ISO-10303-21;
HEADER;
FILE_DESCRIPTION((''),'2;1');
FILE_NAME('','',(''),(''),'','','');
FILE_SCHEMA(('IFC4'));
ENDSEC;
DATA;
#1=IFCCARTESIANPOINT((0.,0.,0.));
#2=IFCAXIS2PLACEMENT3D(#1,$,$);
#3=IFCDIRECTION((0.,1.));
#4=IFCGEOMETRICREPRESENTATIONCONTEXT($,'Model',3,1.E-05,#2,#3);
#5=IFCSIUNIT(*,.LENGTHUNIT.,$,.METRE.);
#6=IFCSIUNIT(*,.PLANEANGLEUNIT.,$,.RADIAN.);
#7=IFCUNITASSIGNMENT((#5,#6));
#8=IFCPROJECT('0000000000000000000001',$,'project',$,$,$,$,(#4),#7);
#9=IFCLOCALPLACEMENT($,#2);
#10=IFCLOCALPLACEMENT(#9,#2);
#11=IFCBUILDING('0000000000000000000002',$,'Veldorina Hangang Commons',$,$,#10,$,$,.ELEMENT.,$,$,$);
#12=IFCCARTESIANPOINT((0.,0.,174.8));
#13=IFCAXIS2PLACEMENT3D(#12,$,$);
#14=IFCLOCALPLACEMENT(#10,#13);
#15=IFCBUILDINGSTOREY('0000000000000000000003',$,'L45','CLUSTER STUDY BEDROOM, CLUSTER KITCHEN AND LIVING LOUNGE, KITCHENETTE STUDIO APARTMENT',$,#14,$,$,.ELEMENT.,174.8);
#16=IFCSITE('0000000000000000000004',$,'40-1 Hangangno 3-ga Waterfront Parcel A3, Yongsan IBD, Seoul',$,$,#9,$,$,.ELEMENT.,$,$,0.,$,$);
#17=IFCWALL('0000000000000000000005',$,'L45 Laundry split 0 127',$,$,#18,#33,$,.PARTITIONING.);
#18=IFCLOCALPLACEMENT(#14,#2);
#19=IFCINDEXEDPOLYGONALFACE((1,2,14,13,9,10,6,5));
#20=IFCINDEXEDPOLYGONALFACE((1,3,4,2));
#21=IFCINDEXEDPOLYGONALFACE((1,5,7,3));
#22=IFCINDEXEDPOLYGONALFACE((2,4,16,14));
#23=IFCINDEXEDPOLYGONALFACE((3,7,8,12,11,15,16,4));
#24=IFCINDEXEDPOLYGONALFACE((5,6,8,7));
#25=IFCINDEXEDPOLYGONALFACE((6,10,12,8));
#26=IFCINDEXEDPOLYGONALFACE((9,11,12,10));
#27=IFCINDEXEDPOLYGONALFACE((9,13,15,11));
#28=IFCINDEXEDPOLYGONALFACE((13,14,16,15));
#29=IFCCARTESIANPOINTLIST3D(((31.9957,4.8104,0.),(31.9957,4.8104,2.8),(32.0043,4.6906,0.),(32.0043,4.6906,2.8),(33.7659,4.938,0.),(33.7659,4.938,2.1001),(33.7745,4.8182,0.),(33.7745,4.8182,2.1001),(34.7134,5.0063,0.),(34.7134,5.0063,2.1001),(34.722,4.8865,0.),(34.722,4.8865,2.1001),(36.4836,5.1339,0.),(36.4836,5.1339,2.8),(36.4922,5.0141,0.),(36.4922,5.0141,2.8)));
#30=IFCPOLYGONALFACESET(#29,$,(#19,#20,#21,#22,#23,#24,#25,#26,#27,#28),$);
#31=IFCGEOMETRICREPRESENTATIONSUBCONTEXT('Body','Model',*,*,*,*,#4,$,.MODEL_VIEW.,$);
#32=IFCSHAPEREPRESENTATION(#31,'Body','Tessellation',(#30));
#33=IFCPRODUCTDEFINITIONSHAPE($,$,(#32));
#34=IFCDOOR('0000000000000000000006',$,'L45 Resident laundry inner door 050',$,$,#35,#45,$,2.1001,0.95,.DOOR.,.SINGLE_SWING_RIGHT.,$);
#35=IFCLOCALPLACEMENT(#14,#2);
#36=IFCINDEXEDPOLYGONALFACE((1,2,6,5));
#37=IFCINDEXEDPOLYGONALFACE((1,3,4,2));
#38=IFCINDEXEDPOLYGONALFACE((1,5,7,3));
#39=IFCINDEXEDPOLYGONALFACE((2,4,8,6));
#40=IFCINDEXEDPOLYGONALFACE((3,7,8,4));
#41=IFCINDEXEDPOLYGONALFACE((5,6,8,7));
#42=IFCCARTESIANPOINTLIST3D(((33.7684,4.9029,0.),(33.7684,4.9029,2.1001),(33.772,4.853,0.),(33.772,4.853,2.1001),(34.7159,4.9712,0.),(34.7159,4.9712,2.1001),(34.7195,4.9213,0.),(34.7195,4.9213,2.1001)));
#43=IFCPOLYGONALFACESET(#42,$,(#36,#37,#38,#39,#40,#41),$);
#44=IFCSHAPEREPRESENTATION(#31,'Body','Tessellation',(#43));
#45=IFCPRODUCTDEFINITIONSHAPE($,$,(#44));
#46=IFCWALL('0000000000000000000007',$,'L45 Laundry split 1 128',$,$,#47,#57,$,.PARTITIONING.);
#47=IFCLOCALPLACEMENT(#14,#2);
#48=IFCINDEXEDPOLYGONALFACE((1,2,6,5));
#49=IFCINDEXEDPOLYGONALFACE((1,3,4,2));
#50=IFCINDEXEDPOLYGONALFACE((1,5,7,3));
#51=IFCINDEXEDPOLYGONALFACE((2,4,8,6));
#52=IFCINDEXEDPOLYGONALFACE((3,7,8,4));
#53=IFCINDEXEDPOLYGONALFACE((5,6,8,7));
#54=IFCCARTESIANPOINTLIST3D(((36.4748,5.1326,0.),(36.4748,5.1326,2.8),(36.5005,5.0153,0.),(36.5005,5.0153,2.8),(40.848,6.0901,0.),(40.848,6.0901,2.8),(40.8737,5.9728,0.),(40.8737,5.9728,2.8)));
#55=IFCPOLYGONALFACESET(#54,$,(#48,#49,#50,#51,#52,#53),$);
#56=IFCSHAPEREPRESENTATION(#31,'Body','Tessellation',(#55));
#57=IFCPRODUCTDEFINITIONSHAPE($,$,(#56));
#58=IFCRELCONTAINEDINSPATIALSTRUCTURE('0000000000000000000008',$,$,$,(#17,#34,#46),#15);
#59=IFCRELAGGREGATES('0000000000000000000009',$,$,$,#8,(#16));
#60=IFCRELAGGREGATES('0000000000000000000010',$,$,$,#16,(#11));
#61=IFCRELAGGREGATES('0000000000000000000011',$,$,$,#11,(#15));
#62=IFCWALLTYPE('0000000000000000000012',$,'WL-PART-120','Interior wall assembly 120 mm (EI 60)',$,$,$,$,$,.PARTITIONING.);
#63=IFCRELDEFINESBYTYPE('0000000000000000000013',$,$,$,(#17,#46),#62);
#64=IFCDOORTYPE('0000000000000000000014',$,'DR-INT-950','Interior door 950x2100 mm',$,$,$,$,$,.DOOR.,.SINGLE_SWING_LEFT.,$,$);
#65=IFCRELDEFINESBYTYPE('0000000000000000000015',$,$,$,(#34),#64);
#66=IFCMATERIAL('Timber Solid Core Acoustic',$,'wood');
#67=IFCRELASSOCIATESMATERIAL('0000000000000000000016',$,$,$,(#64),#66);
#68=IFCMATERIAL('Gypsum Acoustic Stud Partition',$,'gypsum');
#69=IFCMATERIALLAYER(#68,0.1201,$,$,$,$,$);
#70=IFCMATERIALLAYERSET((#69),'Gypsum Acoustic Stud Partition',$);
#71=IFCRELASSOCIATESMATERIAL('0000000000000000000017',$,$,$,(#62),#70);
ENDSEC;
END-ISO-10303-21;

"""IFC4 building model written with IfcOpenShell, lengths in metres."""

from ifc_helpers import new_model, si_unit, direction, frame, frame_2d, origin, place, context, subcontext, project, spatial, rectangle, extrude, material, layer, layer_set, type_object, element, fill, save


model = new_model("IFC4")

# Units and contexts
model_context = context("Model", 3, precision=1e-05, world=origin(), true_north=direction((0.0, 1.0)))
body_context = subcontext(model_context, "Body", "Model", "MODEL_VIEW")
ifc_project = project(units=[si_unit("LENGTHUNIT", "METRE"), si_unit("PLANEANGLEUNIT", "RADIAN")], contexts=[model_context])

# Site, building, storey
site_placement = place(None, origin())
site = spatial("IfcSite", under=ifc_project, at=site_placement, Name="40-1 Hangangno 3-ga Waterfront Parcel A3, Yongsan IBD, Seoul", CompositionType="ELEMENT", RefElevation=0.0)
building_placement = place(site_placement, origin())
building = spatial("IfcBuilding", under=site, at=building_placement, Name="Veldorina Hangang Commons", CompositionType="ELEMENT")
storey_placement = place(building_placement, frame((0.0, 0.0, 174.8)))
storey = spatial("IfcBuildingStorey", under=building, at=storey_placement, Name="L45", Description="CLUSTER STUDY BEDROOM, CLUSTER KITCHEN AND LIVING LOUNGE, KITCHENETTE STUDIO APARTMENT", CompositionType="ELEMENT", Elevation=174.8)

# Shared definitions
ifc_material_1 = material(Name="Timber Solid Core Acoustic", Category="wood")
door_type_1 = type_object("IfcDoorType", Name="DR-INT-950", Description="Interior door 950x2100 mm", OperationType="SINGLE_SWING_LEFT", PredefinedType="DOOR", material=ifc_material_1)

# Shared definitions
ifc_material_2 = material(Name="Gypsum Acoustic Stud Partition", Category="gypsum")
ifc_layer_1 = layer(ifc_material_2, 0.1201)
ifc_layer_set_1 = layer_set([ifc_layer_1], Name="Gypsum Acoustic Stud Partition")
wall_type_1 = type_object("IfcWallType", Name="WL-PART-120", Description="Interior wall assembly 120 mm (EI 60)", PredefinedType="PARTITIONING", material=ifc_layer_set_1)

# Wall, opening, door
wall_1_placement = place(storey_placement, frame((32.0, 4.7505, 0.0), z_axis=(0.0, 0.0, 1.0), x_axis=(0.997412, 0.071895, 0.0)))
wall_1 = element("IfcWall", 1, at=wall_1_placement, inside=storey, type_object=wall_type_1, Name="L45 Laundry split 0 127", PredefinedType="PARTITIONING", context=body_context, shape_type="SweptSolid", body=[
    extrude(rectangle(XDim=4.4995, YDim=0.1201, at=frame_2d((2.2498, 0.0))), origin(), (0.0, 0.0, 1.0), 2.8),
])
opening_1_placement = place(wall_1_placement, frame((1.7747, 0.0, 0.0)))
opening_1 = element("IfcOpeningElement", 2, at=opening_1_placement, cuts=wall_1, PredefinedType="OPENING", context=body_context, shape_type="SweptSolid", body=[
    extrude(rectangle(XDim=0.95, YDim=2.1001, at=frame_2d((0.4751, 1.05))), frame((0.0, 0.0701, 0.0), z_axis=(0.0, -1.0, 0.0), x_axis=(1.0, 0.0, 0.0)), (0.0, 0.0, 1.0), 0.1401),
])
door_1_placement = place(opening_1_placement, origin())
door_1 = element("IfcDoor", 3, at=door_1_placement, inside=storey, type_object=door_type_1, Name="L45 Resident laundry inner door 050", OperationType="SINGLE_SWING_RIGHT", OverallHeight=2.1001, OverallWidth=0.95, PredefinedType="DOOR", context=body_context, shape_type="SweptSolid", body=[
    extrude(rectangle(XDim=0.95, YDim=2.1001, at=frame_2d((0.4751, 1.05))), frame((0.0, 0.0249, 0.0), z_axis=(0.0, -1.0, 0.0), x_axis=(1.0, 0.0, 0.0)), (0.0, 0.0, 1.0), 0.05),
])
fill(opening_1, door_1)

# Wall
wall_2_placement = place(storey_placement, frame((36.4878, 5.074, 0.0), z_axis=(0.0, 0.0, 1.0), x_axis=(0.97686, 0.213881, 0.0)))
element("IfcWall", 4, at=wall_2_placement, inside=storey, type_object=wall_type_1, Name="L45 Laundry split 1 128", PredefinedType="PARTITIONING", context=body_context, shape_type="SweptSolid", body=[
    extrude(rectangle(XDim=4.4768, YDim=0.1201, at=frame_2d((2.2383, 0.0))), origin(), (0.0, 0.0, 1.0), 2.8),
])

save(model, "model.ifc")
